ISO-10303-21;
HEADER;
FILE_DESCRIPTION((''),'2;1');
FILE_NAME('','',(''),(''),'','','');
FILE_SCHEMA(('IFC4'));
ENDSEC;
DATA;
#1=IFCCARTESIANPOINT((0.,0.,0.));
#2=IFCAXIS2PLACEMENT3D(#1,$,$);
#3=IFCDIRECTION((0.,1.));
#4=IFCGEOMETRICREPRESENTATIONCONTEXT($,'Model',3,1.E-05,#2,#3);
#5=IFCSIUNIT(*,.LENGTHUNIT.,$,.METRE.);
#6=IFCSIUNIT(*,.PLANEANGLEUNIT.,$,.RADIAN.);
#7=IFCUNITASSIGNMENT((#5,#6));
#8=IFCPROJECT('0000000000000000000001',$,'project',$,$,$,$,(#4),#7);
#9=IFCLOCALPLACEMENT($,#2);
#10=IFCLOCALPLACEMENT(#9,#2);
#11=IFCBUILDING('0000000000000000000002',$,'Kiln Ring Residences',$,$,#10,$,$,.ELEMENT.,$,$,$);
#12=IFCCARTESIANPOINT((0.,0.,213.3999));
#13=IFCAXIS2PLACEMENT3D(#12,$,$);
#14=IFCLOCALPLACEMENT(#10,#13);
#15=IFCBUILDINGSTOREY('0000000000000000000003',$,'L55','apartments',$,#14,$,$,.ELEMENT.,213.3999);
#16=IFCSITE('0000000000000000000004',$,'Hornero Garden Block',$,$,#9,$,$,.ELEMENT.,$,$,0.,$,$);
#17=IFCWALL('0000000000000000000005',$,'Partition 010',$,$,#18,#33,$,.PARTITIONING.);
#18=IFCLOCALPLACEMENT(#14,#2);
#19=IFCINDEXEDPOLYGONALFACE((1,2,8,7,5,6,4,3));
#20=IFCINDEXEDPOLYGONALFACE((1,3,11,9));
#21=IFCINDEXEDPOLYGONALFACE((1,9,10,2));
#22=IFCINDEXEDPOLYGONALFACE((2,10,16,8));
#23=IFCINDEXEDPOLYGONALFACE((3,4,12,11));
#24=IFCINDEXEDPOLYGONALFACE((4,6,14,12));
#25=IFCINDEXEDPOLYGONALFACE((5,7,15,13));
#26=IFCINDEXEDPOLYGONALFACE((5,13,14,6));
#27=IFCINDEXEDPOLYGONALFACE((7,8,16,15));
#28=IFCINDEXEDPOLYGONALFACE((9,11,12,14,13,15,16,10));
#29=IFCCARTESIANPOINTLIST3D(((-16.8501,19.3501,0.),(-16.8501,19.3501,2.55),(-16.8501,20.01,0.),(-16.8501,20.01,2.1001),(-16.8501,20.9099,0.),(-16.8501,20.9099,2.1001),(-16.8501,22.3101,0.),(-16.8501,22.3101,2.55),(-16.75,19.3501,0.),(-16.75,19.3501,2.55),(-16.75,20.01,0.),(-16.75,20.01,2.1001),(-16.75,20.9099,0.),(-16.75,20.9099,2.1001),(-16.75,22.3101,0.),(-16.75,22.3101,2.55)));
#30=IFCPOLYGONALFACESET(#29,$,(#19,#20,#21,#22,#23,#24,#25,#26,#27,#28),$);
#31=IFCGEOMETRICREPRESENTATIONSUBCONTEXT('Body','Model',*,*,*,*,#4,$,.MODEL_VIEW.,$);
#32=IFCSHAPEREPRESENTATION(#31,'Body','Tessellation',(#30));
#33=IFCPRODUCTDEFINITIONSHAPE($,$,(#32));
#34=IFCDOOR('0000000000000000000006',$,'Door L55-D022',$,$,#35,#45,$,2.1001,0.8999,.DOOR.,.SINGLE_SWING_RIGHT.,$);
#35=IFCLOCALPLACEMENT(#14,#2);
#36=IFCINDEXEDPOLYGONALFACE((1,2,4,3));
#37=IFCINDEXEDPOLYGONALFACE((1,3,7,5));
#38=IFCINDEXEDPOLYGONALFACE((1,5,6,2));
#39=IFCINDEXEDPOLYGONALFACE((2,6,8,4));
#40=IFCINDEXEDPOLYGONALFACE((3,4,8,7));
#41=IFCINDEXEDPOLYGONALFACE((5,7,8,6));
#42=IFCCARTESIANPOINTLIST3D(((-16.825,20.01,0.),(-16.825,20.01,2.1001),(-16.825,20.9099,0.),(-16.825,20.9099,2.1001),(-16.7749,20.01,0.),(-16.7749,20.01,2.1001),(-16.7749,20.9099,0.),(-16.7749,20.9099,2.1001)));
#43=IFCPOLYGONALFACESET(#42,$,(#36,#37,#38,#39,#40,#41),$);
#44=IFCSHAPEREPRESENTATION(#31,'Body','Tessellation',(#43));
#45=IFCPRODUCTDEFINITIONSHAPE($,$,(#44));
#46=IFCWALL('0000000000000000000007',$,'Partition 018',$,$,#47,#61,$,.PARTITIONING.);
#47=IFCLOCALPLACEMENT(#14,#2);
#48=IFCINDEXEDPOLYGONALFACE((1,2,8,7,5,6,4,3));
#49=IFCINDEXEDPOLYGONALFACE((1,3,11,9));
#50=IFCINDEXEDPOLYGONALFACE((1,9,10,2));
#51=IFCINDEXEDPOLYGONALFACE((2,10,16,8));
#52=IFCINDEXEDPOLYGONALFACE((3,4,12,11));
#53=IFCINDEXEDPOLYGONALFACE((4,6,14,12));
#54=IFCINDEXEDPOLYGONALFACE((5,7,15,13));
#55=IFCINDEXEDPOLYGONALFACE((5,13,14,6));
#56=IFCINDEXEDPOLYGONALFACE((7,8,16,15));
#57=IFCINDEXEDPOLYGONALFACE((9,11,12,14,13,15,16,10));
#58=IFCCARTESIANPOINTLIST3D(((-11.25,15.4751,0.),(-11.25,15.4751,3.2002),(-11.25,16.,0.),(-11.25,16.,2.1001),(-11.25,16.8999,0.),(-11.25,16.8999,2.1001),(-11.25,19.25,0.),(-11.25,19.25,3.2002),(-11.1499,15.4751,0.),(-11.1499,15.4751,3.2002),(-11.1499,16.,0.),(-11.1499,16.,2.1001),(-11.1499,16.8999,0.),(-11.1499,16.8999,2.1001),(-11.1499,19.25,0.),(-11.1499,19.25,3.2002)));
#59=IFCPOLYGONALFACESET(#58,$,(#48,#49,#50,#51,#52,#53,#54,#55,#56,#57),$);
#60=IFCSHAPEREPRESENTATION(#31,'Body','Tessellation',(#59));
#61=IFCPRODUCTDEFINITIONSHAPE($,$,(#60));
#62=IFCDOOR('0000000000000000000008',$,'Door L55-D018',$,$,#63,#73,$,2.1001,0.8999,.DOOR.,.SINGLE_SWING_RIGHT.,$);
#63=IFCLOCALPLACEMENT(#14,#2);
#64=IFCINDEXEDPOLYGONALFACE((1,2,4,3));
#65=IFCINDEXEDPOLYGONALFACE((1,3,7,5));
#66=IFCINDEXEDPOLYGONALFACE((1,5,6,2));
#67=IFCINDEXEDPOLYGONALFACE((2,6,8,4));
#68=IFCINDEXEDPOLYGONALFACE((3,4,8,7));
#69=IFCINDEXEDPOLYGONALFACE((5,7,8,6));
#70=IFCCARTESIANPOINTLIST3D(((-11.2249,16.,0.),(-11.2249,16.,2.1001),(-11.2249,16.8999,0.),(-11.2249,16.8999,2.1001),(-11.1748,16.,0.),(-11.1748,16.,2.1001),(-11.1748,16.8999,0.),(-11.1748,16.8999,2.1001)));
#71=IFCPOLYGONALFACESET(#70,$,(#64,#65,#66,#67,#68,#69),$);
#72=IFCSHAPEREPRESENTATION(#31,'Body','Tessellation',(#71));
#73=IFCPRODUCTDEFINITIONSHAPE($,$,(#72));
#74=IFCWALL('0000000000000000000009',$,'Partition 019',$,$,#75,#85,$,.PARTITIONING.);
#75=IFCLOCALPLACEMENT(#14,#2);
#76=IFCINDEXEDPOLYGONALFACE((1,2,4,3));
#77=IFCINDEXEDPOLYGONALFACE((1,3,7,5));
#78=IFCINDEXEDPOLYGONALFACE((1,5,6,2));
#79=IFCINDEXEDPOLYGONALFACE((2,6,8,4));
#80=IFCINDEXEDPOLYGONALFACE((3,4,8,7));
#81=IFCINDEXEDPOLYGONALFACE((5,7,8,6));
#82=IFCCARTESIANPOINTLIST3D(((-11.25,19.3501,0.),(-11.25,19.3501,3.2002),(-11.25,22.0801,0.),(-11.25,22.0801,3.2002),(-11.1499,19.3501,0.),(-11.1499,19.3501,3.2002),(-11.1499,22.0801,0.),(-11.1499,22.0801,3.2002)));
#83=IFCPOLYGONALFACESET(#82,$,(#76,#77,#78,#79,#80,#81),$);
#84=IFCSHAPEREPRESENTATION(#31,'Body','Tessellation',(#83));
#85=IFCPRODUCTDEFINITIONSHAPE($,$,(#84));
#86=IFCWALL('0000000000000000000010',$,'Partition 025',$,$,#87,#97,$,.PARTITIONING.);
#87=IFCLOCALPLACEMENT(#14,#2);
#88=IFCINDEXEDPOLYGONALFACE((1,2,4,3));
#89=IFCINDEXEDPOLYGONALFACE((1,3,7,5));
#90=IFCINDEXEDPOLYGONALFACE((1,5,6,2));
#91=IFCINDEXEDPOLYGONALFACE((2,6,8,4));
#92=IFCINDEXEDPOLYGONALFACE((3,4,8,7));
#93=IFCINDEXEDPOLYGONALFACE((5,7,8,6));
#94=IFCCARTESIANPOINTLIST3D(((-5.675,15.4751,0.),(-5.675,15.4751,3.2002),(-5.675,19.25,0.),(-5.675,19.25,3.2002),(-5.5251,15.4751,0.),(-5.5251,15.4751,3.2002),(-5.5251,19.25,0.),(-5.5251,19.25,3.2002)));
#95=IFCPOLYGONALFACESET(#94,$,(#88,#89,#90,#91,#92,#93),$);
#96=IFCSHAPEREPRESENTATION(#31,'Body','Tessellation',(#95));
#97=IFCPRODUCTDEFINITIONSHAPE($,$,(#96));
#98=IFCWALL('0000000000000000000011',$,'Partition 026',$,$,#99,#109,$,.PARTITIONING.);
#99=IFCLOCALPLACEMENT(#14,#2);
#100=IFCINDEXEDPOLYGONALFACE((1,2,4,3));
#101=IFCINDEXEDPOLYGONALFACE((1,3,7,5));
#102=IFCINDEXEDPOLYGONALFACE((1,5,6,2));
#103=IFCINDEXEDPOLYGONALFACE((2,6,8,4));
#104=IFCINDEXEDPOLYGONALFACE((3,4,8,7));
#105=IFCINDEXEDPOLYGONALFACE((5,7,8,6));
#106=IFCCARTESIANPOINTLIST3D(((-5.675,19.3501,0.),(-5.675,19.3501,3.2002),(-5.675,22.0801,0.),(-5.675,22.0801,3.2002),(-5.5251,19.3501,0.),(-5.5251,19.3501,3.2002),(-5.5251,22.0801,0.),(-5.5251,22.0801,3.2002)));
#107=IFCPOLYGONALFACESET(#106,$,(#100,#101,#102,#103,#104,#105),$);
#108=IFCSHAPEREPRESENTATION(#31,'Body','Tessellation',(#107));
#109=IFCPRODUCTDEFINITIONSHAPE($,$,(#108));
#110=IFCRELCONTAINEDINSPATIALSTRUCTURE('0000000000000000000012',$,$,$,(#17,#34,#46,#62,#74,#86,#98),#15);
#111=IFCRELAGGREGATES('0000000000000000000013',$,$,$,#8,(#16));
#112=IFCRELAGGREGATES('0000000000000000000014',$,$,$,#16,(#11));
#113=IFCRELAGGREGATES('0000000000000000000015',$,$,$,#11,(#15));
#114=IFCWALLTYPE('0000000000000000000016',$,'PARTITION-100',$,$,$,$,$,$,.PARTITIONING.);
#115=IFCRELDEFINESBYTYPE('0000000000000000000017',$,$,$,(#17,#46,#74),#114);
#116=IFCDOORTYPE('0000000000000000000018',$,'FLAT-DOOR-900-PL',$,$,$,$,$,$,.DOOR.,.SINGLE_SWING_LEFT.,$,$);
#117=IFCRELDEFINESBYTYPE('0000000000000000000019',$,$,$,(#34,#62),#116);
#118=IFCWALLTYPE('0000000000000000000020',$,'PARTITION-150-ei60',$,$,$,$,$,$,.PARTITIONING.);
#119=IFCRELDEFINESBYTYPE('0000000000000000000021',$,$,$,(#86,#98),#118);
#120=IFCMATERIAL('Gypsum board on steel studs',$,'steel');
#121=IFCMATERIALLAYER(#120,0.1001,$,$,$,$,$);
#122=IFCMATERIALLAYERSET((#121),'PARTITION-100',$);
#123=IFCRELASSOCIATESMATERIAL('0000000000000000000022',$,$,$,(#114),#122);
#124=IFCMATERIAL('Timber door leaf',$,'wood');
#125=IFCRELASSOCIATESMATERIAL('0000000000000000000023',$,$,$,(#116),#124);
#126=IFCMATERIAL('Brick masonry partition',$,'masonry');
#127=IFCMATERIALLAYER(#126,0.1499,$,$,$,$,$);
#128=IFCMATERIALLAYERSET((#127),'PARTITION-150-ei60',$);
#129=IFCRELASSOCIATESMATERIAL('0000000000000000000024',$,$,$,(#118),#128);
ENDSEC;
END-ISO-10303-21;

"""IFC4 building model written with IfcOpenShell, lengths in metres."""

from ifc_helpers import new_model, si_unit, direction, frame, frame_2d, origin, place, context, subcontext, project, spatial, rectangle, extrude, material, layer, layer_set, type_object, element, fill, save


model = new_model("IFC4")

# Units and contexts
model_context = context("Model", 3, precision=1e-05, world=origin(), true_north=direction((0.0, 1.0)))
body_context = subcontext(model_context, "Body", "Model", "MODEL_VIEW")
ifc_project = project(units=[si_unit("LENGTHUNIT", "METRE"), si_unit("PLANEANGLEUNIT", "RADIAN")], contexts=[model_context])

# Site, building, storey
site_placement = place(None, origin())
site = spatial("IfcSite", under=ifc_project, at=site_placement, Name="Hornero Garden Block", CompositionType="ELEMENT", RefElevation=0.0)
building_placement = place(site_placement, origin())
building = spatial("IfcBuilding", under=site, at=building_placement, Name="Kiln Ring Residences", CompositionType="ELEMENT")
storey_placement = place(building_placement, frame((0.0, 0.0, 213.3999)))
storey = spatial("IfcBuildingStorey", under=building, at=storey_placement, Name="L55", Description="apartments", CompositionType="ELEMENT", Elevation=213.3999)

# Walls, openings, doors
ifc_material_1 = material(Name="Gypsum board on steel studs", Category="steel")
ifc_layer_1 = layer(ifc_material_1, 0.1001)
ifc_layer_set_1 = layer_set([ifc_layer_1], Name="PARTITION-100")
wall_type_1 = type_object("IfcWallType", Name="PARTITION-100", PredefinedType="PARTITIONING", material=ifc_layer_set_1)
wall_1_placement = place(storey_placement, frame((-16.8, 19.3501, 0.0), z_axis=(0.0, 0.0, 1.0), x_axis=(0.0, 1.0, 0.0)))
wall_1 = element("IfcWall", 1, at=wall_1_placement, inside=storey, type_object=wall_type_1, Name="Partition 010", PredefinedType="PARTITIONING", context=body_context, shape_type="SweptSolid", body=[
    extrude(rectangle(XDim=2.96, YDim=0.1001, at=frame_2d((1.48, 0.0))), origin(), (0.0, 0.0, 1.0), 2.55),
])
opening_1_placement = place(wall_1_placement, frame((0.6599, 0.0, 0.0)))
opening_1 = element("IfcOpeningElement", 2, at=opening_1_placement, cuts=wall_1, PredefinedType="OPENING", context=body_context, shape_type="SweptSolid", body=[
    extrude(rectangle(XDim=0.8999, YDim=2.1001, at=frame_2d((0.45, 1.05))), frame((0.0, 0.0601, 0.0), z_axis=(0.0, -1.0, 0.0), x_axis=(1.0, 0.0, 0.0)), (0.0, 0.0, 1.0), 0.1201),
])
ifc_material_2 = material(Name="Timber door leaf", Category="wood")
door_type_1 = type_object("IfcDoorType", Name="FLAT-DOOR-900-PL", OperationType="SINGLE_SWING_LEFT", PredefinedType="DOOR", material=ifc_material_2)
door_1_placement = place(opening_1_placement, origin())
door_1 = element("IfcDoor", 3, at=door_1_placement, inside=storey, type_object=door_type_1, Name="Door L55-D022", OperationType="SINGLE_SWING_RIGHT", OverallHeight=2.1001, OverallWidth=0.8999, PredefinedType="DOOR", context=body_context, shape_type="SweptSolid", body=[
    extrude(rectangle(XDim=0.8999, YDim=2.1001, at=frame_2d((0.45, 1.05))), frame((0.0, 0.0249, 0.0), z_axis=(0.0, -1.0, 0.0), x_axis=(1.0, 0.0, 0.0)), (0.0, 0.0, 1.0), 0.05),
])
fill(opening_1, door_1)
wall_2_placement = place(storey_placement, frame((-11.2, 15.4751, 0.0), z_axis=(0.0, 0.0, 1.0), x_axis=(0.0, 1.0, 0.0)))
wall_2 = element("IfcWall", 4, at=wall_2_placement, inside=storey, type_object=wall_type_1, Name="Partition 018", PredefinedType="PARTITIONING", context=body_context, shape_type="SweptSolid", body=[
    extrude(rectangle(XDim=3.7749, YDim=0.1001, at=frame_2d((1.8875, 0.0))), origin(), (0.0, 0.0, 1.0), 3.2002),
])
opening_2_placement = place(wall_2_placement, frame((0.5249, 0.0, 0.0)))
opening_2 = element("IfcOpeningElement", 5, at=opening_2_placement, cuts=wall_2, PredefinedType="OPENING", context=body_context, shape_type="SweptSolid", body=[
    extrude(rectangle(XDim=0.8999, YDim=2.1001, at=frame_2d((0.45, 1.05))), frame((0.0, 0.0601, 0.0), z_axis=(0.0, -1.0, 0.0), x_axis=(1.0, 0.0, 0.0)), (0.0, 0.0, 1.0), 0.1201),
])
door_2_placement = place(opening_2_placement, origin())
door_2 = element("IfcDoor", 6, at=door_2_placement, inside=storey, type_object=door_type_1, Name="Door L55-D018", OperationType="SINGLE_SWING_RIGHT", OverallHeight=2.1001, OverallWidth=0.8999, PredefinedType="DOOR", context=body_context, shape_type="SweptSolid", body=[
    extrude(rectangle(XDim=0.8999, YDim=2.1001, at=frame_2d((0.45, 1.05))), frame((0.0, 0.0249, 0.0), z_axis=(0.0, -1.0, 0.0), x_axis=(1.0, 0.0, 0.0)), (0.0, 0.0, 1.0), 0.05),
])
fill(opening_2, door_2)

# Walls
wall_3_placement = place(storey_placement, frame((-11.2, 19.3501, 0.0), z_axis=(0.0, 0.0, 1.0), x_axis=(0.0, 1.0, 0.0)))
element("IfcWall", 7, at=wall_3_placement, inside=storey, type_object=wall_type_1, Name="Partition 019", PredefinedType="PARTITIONING", context=body_context, shape_type="SweptSolid", body=[
    extrude(rectangle(XDim=2.73, YDim=0.1001, at=frame_2d((1.365, 0.0))), origin(), (0.0, 0.0, 1.0), 3.2002),
])
ifc_material_3 = material(Name="Brick masonry partition", Category="masonry")
ifc_layer_2 = layer(ifc_material_3, 0.1499)
ifc_layer_set_2 = layer_set([ifc_layer_2], Name="PARTITION-150-ei60")
wall_type_2 = type_object("IfcWallType", Name="PARTITION-150-ei60", PredefinedType="PARTITIONING", material=ifc_layer_set_2)
wall_4_placement = place(storey_placement, frame((-5.6001, 15.4751, 0.0), z_axis=(0.0, 0.0, 1.0), x_axis=(0.0, 1.0, 0.0)))
element("IfcWall", 8, at=wall_4_placement, inside=storey, type_object=wall_type_2, Name="Partition 025", PredefinedType="PARTITIONING", context=body_context, shape_type="SweptSolid", body=[
    extrude(rectangle(XDim=3.7749, YDim=0.1499, at=frame_2d((1.8875, 0.0))), origin(), (0.0, 0.0, 1.0), 3.2002),
])
wall_5_placement = place(storey_placement, frame((-5.6001, 19.3501, 0.0), z_axis=(0.0, 0.0, 1.0), x_axis=(0.0, 1.0, 0.0)))
element("IfcWall", 9, at=wall_5_placement, inside=storey, type_object=wall_type_2, Name="Partition 026", PredefinedType="PARTITIONING", context=body_context, shape_type="SweptSolid", body=[
    extrude(rectangle(XDim=2.73, YDim=0.1499, at=frame_2d((1.365, 0.0))), origin(), (0.0, 0.0, 1.0), 3.2002),
])

save(model, "model.ifc")
